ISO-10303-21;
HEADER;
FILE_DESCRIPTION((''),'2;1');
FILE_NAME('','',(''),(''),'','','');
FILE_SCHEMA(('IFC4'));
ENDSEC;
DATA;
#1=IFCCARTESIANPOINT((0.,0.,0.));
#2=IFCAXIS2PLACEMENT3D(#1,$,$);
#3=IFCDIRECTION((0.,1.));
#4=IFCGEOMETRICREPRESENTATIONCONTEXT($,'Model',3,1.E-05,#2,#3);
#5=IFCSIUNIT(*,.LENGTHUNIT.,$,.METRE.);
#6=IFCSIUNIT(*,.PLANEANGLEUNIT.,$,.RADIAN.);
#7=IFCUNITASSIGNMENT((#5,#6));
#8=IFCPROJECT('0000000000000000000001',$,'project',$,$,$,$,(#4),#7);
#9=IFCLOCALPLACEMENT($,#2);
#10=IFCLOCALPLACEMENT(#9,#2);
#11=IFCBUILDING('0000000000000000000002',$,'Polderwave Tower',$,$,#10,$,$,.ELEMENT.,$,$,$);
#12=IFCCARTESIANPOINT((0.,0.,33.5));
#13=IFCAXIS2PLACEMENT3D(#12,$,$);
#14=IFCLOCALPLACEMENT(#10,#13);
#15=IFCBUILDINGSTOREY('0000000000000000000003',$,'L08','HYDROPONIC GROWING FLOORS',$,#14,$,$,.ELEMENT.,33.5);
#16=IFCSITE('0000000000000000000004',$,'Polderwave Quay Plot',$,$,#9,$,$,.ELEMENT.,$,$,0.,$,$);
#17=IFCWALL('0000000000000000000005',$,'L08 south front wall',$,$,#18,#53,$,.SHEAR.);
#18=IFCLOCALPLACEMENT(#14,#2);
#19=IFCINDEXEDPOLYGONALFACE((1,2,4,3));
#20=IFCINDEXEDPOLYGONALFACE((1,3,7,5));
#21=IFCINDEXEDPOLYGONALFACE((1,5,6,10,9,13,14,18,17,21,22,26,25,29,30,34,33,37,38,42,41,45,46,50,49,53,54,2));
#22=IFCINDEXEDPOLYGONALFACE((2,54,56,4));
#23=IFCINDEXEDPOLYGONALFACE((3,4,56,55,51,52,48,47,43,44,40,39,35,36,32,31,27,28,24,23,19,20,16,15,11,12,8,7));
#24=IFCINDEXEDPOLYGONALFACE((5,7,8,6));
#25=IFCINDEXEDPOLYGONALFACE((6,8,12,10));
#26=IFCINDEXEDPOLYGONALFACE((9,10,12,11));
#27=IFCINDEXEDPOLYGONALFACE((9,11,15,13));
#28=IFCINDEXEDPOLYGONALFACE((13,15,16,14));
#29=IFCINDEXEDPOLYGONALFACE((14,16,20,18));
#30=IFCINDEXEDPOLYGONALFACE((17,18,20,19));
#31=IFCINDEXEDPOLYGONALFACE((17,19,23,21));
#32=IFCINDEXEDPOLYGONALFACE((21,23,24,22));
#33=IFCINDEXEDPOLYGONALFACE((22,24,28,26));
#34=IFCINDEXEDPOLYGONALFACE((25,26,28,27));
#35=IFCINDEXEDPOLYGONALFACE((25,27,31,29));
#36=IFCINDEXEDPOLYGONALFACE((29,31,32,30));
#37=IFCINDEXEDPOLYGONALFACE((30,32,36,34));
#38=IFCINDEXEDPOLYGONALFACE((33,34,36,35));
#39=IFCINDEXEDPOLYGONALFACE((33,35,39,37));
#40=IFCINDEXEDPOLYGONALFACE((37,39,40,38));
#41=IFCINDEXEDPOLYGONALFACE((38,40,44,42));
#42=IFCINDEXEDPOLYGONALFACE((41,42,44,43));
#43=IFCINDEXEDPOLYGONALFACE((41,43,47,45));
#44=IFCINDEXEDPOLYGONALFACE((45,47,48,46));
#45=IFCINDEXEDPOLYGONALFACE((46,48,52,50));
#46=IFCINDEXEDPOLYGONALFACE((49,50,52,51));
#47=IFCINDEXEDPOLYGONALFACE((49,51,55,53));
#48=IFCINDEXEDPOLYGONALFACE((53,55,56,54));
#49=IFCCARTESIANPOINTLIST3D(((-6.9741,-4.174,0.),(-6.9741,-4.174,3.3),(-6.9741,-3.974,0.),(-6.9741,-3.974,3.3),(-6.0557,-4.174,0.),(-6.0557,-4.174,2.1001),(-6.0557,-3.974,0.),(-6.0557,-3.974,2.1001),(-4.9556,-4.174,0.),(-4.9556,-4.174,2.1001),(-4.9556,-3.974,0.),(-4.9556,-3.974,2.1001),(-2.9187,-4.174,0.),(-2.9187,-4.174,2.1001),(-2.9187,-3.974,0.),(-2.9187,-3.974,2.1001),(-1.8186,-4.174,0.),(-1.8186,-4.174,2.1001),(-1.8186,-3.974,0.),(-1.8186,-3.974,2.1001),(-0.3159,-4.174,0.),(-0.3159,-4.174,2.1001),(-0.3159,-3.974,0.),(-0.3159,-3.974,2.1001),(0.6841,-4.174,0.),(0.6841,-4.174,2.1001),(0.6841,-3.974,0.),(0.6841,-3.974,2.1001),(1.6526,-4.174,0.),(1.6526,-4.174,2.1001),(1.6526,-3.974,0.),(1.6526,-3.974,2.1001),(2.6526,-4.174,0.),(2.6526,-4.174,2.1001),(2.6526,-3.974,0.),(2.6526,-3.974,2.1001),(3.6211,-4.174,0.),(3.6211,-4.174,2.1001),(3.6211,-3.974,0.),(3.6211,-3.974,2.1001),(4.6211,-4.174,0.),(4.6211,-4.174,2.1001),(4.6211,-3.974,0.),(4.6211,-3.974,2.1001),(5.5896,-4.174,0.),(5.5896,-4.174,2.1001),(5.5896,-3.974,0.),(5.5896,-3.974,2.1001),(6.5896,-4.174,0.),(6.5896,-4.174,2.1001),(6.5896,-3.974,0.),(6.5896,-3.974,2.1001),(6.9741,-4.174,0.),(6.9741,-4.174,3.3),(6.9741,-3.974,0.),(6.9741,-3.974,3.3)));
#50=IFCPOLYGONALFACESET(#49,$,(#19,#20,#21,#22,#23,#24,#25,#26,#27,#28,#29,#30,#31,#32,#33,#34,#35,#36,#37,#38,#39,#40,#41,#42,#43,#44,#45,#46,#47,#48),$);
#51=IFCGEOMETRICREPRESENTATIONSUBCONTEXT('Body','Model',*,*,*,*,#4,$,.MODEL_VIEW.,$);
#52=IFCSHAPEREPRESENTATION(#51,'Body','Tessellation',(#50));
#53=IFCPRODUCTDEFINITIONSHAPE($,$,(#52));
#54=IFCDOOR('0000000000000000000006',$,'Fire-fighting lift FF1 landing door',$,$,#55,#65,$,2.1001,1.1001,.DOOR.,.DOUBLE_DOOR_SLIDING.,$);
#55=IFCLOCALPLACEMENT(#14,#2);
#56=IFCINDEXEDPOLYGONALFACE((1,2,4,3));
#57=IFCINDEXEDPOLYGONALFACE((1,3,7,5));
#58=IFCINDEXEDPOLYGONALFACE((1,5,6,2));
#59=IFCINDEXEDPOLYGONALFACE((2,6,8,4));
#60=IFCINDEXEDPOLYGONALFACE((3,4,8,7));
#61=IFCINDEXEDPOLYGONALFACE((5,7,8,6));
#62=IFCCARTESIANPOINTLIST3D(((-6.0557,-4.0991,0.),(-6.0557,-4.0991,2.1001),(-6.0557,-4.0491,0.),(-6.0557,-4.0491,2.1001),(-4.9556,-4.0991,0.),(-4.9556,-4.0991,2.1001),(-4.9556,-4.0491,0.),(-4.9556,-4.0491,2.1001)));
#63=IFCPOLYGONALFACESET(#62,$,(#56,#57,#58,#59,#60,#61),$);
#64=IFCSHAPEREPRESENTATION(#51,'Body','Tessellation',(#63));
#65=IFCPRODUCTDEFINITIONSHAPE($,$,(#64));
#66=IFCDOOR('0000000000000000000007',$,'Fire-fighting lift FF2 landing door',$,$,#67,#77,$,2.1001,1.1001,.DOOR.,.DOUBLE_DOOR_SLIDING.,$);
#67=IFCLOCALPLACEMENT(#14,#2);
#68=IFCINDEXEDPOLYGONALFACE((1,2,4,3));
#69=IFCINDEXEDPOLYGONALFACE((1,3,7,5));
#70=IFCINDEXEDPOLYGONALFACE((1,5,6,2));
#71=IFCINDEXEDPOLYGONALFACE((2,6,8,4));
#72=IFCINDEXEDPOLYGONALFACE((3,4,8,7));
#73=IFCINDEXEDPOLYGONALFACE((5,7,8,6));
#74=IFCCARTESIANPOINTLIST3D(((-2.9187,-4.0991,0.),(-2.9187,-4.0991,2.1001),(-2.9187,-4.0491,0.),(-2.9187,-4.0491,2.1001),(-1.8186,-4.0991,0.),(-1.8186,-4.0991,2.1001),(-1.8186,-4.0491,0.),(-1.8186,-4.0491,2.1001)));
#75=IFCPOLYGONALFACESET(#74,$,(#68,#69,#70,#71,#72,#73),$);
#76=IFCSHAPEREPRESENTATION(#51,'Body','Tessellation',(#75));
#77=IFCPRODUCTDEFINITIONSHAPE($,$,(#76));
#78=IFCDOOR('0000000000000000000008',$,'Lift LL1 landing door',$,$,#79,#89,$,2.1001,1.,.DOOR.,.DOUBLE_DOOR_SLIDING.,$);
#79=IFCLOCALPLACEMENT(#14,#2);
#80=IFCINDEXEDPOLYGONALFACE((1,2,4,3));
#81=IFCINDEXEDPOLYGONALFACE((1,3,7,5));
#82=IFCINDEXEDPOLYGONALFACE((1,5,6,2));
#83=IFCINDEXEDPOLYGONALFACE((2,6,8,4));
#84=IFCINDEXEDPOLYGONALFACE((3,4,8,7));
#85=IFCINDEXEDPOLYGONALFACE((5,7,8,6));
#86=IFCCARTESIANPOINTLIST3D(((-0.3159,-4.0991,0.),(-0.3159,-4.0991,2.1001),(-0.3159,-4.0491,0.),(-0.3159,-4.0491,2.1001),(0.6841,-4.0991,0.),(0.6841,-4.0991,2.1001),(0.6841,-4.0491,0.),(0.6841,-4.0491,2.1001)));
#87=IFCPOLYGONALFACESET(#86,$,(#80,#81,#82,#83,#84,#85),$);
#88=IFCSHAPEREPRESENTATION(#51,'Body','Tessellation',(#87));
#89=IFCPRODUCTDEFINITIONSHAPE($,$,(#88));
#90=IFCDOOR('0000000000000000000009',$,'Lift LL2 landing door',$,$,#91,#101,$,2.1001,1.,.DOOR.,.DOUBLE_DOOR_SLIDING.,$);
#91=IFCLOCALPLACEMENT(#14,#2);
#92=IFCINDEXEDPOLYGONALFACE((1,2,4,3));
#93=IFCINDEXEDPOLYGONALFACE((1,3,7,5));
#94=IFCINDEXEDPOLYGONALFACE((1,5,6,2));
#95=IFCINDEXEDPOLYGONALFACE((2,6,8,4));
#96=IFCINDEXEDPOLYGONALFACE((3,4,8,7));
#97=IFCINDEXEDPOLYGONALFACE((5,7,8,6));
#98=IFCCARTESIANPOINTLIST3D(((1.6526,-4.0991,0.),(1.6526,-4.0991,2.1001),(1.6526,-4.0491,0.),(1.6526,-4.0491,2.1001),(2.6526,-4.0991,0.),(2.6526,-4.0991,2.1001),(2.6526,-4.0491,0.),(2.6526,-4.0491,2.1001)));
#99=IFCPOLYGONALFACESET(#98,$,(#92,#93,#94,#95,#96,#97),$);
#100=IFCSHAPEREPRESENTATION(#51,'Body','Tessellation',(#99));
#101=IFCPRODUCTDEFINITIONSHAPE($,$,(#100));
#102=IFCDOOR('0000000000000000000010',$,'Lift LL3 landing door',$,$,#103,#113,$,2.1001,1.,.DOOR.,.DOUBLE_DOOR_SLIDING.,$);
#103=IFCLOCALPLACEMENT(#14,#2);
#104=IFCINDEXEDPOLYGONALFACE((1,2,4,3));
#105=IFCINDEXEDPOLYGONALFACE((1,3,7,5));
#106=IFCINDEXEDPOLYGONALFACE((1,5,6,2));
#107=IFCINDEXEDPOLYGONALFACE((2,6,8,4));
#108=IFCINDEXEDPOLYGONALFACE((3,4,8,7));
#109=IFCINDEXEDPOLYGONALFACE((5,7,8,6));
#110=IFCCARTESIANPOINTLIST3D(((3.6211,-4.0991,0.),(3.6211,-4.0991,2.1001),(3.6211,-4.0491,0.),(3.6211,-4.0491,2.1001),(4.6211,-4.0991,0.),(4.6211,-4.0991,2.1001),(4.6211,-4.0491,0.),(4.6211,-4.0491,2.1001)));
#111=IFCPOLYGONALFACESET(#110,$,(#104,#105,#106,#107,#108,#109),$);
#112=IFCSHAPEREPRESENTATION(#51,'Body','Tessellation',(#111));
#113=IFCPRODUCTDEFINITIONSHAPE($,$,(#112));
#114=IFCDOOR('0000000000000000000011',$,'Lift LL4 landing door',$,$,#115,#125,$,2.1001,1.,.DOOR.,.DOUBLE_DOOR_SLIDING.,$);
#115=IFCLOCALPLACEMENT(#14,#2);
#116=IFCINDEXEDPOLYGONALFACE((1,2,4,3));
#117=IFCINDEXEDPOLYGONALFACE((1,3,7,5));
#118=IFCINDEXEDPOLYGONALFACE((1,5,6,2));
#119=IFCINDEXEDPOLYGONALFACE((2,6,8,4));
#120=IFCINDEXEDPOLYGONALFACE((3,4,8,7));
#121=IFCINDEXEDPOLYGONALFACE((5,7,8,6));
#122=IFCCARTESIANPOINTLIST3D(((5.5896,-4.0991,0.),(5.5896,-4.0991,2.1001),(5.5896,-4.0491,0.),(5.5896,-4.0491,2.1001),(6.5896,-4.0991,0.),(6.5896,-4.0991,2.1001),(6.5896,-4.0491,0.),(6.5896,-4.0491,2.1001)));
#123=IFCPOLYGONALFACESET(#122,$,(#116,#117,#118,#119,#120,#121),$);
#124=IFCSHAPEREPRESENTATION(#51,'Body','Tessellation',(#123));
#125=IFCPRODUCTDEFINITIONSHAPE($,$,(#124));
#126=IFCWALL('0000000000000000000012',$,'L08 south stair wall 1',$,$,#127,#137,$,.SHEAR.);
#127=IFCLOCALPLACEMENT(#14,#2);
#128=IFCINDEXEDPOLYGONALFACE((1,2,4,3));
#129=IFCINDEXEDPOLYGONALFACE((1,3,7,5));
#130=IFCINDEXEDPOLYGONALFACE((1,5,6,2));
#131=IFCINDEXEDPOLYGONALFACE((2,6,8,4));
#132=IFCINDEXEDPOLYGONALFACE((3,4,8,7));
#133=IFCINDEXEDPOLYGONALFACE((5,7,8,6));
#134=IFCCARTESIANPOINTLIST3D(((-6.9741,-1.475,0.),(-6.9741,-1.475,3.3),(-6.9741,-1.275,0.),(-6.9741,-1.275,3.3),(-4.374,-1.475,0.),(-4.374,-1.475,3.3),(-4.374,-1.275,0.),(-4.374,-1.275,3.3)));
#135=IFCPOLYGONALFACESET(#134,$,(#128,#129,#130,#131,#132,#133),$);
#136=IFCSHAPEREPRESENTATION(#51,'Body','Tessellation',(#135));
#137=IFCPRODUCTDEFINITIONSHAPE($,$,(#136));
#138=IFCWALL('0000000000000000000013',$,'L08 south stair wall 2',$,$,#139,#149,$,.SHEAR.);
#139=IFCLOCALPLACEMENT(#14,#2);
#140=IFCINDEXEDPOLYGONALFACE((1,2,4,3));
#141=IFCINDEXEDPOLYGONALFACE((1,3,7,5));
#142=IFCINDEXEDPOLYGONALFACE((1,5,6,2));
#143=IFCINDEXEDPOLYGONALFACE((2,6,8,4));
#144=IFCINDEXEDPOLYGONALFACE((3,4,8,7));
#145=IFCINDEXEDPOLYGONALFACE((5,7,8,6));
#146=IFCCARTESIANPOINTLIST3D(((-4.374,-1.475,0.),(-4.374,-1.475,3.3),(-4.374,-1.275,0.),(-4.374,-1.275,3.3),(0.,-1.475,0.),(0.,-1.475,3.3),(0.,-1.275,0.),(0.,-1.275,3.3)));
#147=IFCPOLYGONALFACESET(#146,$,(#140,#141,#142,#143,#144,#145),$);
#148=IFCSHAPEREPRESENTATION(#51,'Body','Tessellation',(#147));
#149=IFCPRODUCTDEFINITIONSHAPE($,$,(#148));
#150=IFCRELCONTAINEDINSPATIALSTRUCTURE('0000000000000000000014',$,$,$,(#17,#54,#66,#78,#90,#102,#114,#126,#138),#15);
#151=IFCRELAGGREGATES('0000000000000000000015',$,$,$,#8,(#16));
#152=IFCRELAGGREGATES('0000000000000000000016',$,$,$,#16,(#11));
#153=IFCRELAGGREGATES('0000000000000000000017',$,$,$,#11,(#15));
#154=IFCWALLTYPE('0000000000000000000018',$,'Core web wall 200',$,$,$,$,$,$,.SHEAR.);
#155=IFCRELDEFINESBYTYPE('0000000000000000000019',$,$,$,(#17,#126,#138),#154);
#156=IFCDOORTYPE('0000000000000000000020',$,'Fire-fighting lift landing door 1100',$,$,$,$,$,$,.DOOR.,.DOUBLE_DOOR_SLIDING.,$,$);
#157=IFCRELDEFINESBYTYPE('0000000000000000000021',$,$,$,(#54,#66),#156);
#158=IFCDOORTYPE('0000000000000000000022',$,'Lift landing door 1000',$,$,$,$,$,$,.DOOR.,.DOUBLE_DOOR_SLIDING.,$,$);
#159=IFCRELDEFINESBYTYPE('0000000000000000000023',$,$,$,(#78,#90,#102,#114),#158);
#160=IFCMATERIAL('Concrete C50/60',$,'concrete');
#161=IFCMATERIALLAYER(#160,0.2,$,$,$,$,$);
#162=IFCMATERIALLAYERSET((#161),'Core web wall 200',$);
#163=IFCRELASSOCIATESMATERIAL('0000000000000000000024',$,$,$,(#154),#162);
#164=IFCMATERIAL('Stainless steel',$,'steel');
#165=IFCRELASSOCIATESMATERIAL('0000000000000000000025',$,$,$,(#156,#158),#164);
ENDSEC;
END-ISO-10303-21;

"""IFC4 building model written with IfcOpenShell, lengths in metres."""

from ifc_helpers import new_model, si_unit, direction, frame, frame_2d, origin, place, context, subcontext, project, spatial, rectangle, extrude, material, layer, layer_set, type_object, element, fill, save


model = new_model("IFC4")

# Units and contexts
model_context = context("Model", 3, precision=1e-05, world=origin(), true_north=direction((0.0, 1.0)))
body_context = subcontext(model_context, "Body", "Model", "MODEL_VIEW")
ifc_project = project(units=[si_unit("LENGTHUNIT", "METRE"), si_unit("PLANEANGLEUNIT", "RADIAN")], contexts=[model_context])

# Site, building, storey
site_placement = place(None, origin())
site = spatial("IfcSite", under=ifc_project, at=site_placement, Name="Polderwave Quay Plot", CompositionType="ELEMENT", RefElevation=0.0)
building_placement = place(site_placement, origin())
building = spatial("IfcBuilding", under=site, at=building_placement, Name="Polderwave Tower", CompositionType="ELEMENT")
storey_placement = place(building_placement, frame((0.0, 0.0, 33.5)))
storey = spatial("IfcBuildingStorey", under=building, at=storey_placement, Name="L08", Description="HYDROPONIC GROWING FLOORS", CompositionType="ELEMENT", Elevation=33.5)

# Wall, openings, doors
ifc_material_1 = material(Name="Concrete C50/60", Category="concrete")
ifc_layer_1 = layer(ifc_material_1, 0.2)
ifc_layer_set_1 = layer_set([ifc_layer_1], Name="Core web wall 200")
wall_type_1 = type_object("IfcWallType", Name="Core web wall 200", PredefinedType="SHEAR", material=ifc_layer_set_1)
wall_1_placement = place(storey_placement, frame((-6.9741, -4.074, 0.0), z_axis=(0.0, 0.0, 1.0), x_axis=(1.0, 0.0, 0.0)))
wall_1 = element("IfcWall", 1, at=wall_1_placement, inside=storey, type_object=wall_type_1, Name="L08 south front wall", PredefinedType="SHEAR", context=body_context, shape_type="SweptSolid", body=[
    extrude(rectangle(XDim=13.9482, YDim=0.2, at=frame_2d((6.9741, 0.0))), origin(), (0.0, 0.0, 1.0), 3.3),
])
opening_1_placement = place(wall_1_placement, frame((0.9185, 0.0, 0.0)))
opening_1 = element("IfcOpeningElement", 2, at=opening_1_placement, cuts=wall_1, PredefinedType="OPENING", context=body_context, shape_type="SweptSolid", body=[
    extrude(rectangle(XDim=1.1001, YDim=2.1001, at=frame_2d((0.55, 1.05))), frame((0.0, 0.1099, 0.0), z_axis=(0.0, -1.0, 0.0), x_axis=(1.0, 0.0, 0.0)), (0.0, 0.0, 1.0), 0.22),
])
opening_2_placement = place(wall_1_placement, frame((4.0554, 0.0, 0.0)))
opening_2 = element("IfcOpeningElement", 3, at=opening_2_placement, cuts=wall_1, PredefinedType="OPENING", context=body_context, shape_type="SweptSolid", body=[
    extrude(rectangle(XDim=1.1001, YDim=2.1001, at=frame_2d((0.55, 1.05))), frame((0.0, 0.1099, 0.0), z_axis=(0.0, -1.0, 0.0), x_axis=(1.0, 0.0, 0.0)), (0.0, 0.0, 1.0), 0.22),
])
opening_3_placement = place(wall_1_placement, frame((6.6582, 0.0, 0.0)))
opening_3 = element("IfcOpeningElement", 4, at=opening_3_placement, cuts=wall_1, PredefinedType="OPENING", context=body_context, shape_type="SweptSolid", body=[
    extrude(rectangle(XDim=1.0, YDim=2.1001, at=frame_2d((0.5, 1.05))), frame((0.0, 0.1099, 0.0), z_axis=(0.0, -1.0, 0.0), x_axis=(1.0, 0.0, 0.0)), (0.0, 0.0, 1.0), 0.22),
])
opening_4_placement = place(wall_1_placement, frame((8.6267, 0.0, 0.0)))
opening_4 = element("IfcOpeningElement", 5, at=opening_4_placement, cuts=wall_1, PredefinedType="OPENING", context=body_context, shape_type="SweptSolid", body=[
    extrude(rectangle(XDim=1.0, YDim=2.1001, at=frame_2d((0.5, 1.05))), frame((0.0, 0.1099, 0.0), z_axis=(0.0, -1.0, 0.0), x_axis=(1.0, 0.0, 0.0)), (0.0, 0.0, 1.0), 0.22),
])
opening_5_placement = place(wall_1_placement, frame((10.5952, 0.0, 0.0)))
opening_5 = element("IfcOpeningElement", 6, at=opening_5_placement, cuts=wall_1, PredefinedType="OPENING", context=body_context, shape_type="SweptSolid", body=[
    extrude(rectangle(XDim=1.0, YDim=2.1001, at=frame_2d((0.5, 1.05))), frame((0.0, 0.1099, 0.0), z_axis=(0.0, -1.0, 0.0), x_axis=(1.0, 0.0, 0.0)), (0.0, 0.0, 1.0), 0.22),
])
opening_6_placement = place(wall_1_placement, frame((12.5637, 0.0, 0.0)))
opening_6 = element("IfcOpeningElement", 7, at=opening_6_placement, cuts=wall_1, PredefinedType="OPENING", context=body_context, shape_type="SweptSolid", body=[
    extrude(rectangle(XDim=1.0, YDim=2.1001, at=frame_2d((0.5, 1.05))), frame((0.0, 0.1099, 0.0), z_axis=(0.0, -1.0, 0.0), x_axis=(1.0, 0.0, 0.0)), (0.0, 0.0, 1.0), 0.22),
])
ifc_material_2 = material(Name="Stainless steel", Category="steel")
door_type_1 = type_object("IfcDoorType", Name="Fire-fighting lift landing door 1100", OperationType="DOUBLE_DOOR_SLIDING", PredefinedType="DOOR", material=ifc_material_2)
door_1_placement = place(opening_1_placement, origin())
door_1 = element("IfcDoor", 8, at=door_1_placement, inside=storey, type_object=door_type_1, Name="Fire-fighting lift FF1 landing door", OperationType="DOUBLE_DOOR_SLIDING", OverallHeight=2.1001, OverallWidth=1.1001, PredefinedType="DOOR", context=body_context, shape_type="SweptSolid", body=[
    extrude(rectangle(XDim=1.1001, YDim=2.1001, at=frame_2d((0.55, 1.05))), frame((0.0, 0.0249, 0.0), z_axis=(0.0, -1.0, 0.0), x_axis=(1.0, 0.0, 0.0)), (0.0, 0.0, 1.0), 0.05),
])
fill(opening_1, door_1)
door_2_placement = place(opening_2_placement, origin())
door_2 = element("IfcDoor", 9, at=door_2_placement, inside=storey, type_object=door_type_1, Name="Fire-fighting lift FF2 landing door", OperationType="DOUBLE_DOOR_SLIDING", OverallHeight=2.1001, OverallWidth=1.1001, PredefinedType="DOOR", context=body_context, shape_type="SweptSolid", body=[
    extrude(rectangle(XDim=1.1001, YDim=2.1001, at=frame_2d((0.55, 1.05))), frame((0.0, 0.0249, 0.0), z_axis=(0.0, -1.0, 0.0), x_axis=(1.0, 0.0, 0.0)), (0.0, 0.0, 1.0), 0.05),
])
fill(opening_2, door_2)
door_type_2 = type_object("IfcDoorType", Name="Lift landing door 1000", OperationType="DOUBLE_DOOR_SLIDING", PredefinedType="DOOR", material=ifc_material_2)
door_3_placement = place(opening_3_placement, origin())
door_3 = element("IfcDoor", 10, at=door_3_placement, inside=storey, type_object=door_type_2, Name="Lift LL1 landing door", OperationType="DOUBLE_DOOR_SLIDING", OverallHeight=2.1001, OverallWidth=1.0, PredefinedType="DOOR", context=body_context, shape_type="SweptSolid", body=[
    extrude(rectangle(XDim=1.0, YDim=2.1001, at=frame_2d((0.5, 1.05))), frame((0.0, 0.0249, 0.0), z_axis=(0.0, -1.0, 0.0), x_axis=(1.0, 0.0, 0.0)), (0.0, 0.0, 1.0), 0.05),
])
fill(opening_3, door_3)
door_4_placement = place(opening_4_placement, origin())
door_4 = element("IfcDoor", 11, at=door_4_placement, inside=storey, type_object=door_type_2, Name="Lift LL2 landing door", OperationType="DOUBLE_DOOR_SLIDING", OverallHeight=2.1001, OverallWidth=1.0, PredefinedType="DOOR", context=body_context, shape_type="SweptSolid", body=[
    extrude(rectangle(XDim=1.0, YDim=2.1001, at=frame_2d((0.5, 1.05))), frame((0.0, 0.0249, 0.0), z_axis=(0.0, -1.0, 0.0), x_axis=(1.0, 0.0, 0.0)), (0.0, 0.0, 1.0), 0.05),
])
fill(opening_4, door_4)
door_5_placement = place(opening_5_placement, origin())
door_5 = element("IfcDoor", 12, at=door_5_placement, inside=storey, type_object=door_type_2, Name="Lift LL3 landing door", OperationType="DOUBLE_DOOR_SLIDING", OverallHeight=2.1001, OverallWidth=1.0, PredefinedType="DOOR", context=body_context, shape_type="SweptSolid", body=[
    extrude(rectangle(XDim=1.0, YDim=2.1001, at=frame_2d((0.5, 1.05))), frame((0.0, 0.0249, 0.0), z_axis=(0.0, -1.0, 0.0), x_axis=(1.0, 0.0, 0.0)), (0.0, 0.0, 1.0), 0.05),
])
fill(opening_5, door_5)
door_6_placement = place(opening_6_placement, origin())
door_6 = element("IfcDoor", 13, at=door_6_placement, inside=storey, type_object=door_type_2, Name="Lift LL4 landing door", OperationType="DOUBLE_DOOR_SLIDING", OverallHeight=2.1001, OverallWidth=1.0, PredefinedType="DOOR", context=body_context, shape_type="SweptSolid", body=[
    extrude(rectangle(XDim=1.0, YDim=2.1001, at=frame_2d((0.5, 1.05))), frame((0.0, 0.0249, 0.0), z_axis=(0.0, -1.0, 0.0), x_axis=(1.0, 0.0, 0.0)), (0.0, 0.0, 1.0), 0.05),
])
fill(opening_6, door_6)

# Walls
wall_2_placement = place(storey_placement, frame((-6.9741, -1.375, 0.0), z_axis=(0.0, 0.0, 1.0), x_axis=(1.0, 0.0, 0.0)))
element("IfcWall", 14, at=wall_2_placement, inside=storey, type_object=wall_type_1, Name="L08 south stair wall 1", PredefinedType="SHEAR", context=body_context, shape_type="SweptSolid", body=[
    extrude(rectangle(XDim=2.6001, YDim=0.2, at=frame_2d((1.3, 0.0))), origin(), (0.0, 0.0, 1.0), 3.3),
])
wall_3_placement = place(storey_placement, frame((-4.374, -1.375, 0.0), z_axis=(0.0, 0.0, 1.0), x_axis=(1.0, 0.0, 0.0)))
element("IfcWall", 15, at=wall_3_placement, inside=storey, type_object=wall_type_1, Name="L08 south stair wall 2", PredefinedType="SHEAR", context=body_context, shape_type="SweptSolid", body=[
    extrude(rectangle(XDim=4.374, YDim=0.2, at=frame_2d((2.187, 0.0))), origin(), (0.0, 0.0, 1.0), 3.3),
])

save(model, "model.ifc")
